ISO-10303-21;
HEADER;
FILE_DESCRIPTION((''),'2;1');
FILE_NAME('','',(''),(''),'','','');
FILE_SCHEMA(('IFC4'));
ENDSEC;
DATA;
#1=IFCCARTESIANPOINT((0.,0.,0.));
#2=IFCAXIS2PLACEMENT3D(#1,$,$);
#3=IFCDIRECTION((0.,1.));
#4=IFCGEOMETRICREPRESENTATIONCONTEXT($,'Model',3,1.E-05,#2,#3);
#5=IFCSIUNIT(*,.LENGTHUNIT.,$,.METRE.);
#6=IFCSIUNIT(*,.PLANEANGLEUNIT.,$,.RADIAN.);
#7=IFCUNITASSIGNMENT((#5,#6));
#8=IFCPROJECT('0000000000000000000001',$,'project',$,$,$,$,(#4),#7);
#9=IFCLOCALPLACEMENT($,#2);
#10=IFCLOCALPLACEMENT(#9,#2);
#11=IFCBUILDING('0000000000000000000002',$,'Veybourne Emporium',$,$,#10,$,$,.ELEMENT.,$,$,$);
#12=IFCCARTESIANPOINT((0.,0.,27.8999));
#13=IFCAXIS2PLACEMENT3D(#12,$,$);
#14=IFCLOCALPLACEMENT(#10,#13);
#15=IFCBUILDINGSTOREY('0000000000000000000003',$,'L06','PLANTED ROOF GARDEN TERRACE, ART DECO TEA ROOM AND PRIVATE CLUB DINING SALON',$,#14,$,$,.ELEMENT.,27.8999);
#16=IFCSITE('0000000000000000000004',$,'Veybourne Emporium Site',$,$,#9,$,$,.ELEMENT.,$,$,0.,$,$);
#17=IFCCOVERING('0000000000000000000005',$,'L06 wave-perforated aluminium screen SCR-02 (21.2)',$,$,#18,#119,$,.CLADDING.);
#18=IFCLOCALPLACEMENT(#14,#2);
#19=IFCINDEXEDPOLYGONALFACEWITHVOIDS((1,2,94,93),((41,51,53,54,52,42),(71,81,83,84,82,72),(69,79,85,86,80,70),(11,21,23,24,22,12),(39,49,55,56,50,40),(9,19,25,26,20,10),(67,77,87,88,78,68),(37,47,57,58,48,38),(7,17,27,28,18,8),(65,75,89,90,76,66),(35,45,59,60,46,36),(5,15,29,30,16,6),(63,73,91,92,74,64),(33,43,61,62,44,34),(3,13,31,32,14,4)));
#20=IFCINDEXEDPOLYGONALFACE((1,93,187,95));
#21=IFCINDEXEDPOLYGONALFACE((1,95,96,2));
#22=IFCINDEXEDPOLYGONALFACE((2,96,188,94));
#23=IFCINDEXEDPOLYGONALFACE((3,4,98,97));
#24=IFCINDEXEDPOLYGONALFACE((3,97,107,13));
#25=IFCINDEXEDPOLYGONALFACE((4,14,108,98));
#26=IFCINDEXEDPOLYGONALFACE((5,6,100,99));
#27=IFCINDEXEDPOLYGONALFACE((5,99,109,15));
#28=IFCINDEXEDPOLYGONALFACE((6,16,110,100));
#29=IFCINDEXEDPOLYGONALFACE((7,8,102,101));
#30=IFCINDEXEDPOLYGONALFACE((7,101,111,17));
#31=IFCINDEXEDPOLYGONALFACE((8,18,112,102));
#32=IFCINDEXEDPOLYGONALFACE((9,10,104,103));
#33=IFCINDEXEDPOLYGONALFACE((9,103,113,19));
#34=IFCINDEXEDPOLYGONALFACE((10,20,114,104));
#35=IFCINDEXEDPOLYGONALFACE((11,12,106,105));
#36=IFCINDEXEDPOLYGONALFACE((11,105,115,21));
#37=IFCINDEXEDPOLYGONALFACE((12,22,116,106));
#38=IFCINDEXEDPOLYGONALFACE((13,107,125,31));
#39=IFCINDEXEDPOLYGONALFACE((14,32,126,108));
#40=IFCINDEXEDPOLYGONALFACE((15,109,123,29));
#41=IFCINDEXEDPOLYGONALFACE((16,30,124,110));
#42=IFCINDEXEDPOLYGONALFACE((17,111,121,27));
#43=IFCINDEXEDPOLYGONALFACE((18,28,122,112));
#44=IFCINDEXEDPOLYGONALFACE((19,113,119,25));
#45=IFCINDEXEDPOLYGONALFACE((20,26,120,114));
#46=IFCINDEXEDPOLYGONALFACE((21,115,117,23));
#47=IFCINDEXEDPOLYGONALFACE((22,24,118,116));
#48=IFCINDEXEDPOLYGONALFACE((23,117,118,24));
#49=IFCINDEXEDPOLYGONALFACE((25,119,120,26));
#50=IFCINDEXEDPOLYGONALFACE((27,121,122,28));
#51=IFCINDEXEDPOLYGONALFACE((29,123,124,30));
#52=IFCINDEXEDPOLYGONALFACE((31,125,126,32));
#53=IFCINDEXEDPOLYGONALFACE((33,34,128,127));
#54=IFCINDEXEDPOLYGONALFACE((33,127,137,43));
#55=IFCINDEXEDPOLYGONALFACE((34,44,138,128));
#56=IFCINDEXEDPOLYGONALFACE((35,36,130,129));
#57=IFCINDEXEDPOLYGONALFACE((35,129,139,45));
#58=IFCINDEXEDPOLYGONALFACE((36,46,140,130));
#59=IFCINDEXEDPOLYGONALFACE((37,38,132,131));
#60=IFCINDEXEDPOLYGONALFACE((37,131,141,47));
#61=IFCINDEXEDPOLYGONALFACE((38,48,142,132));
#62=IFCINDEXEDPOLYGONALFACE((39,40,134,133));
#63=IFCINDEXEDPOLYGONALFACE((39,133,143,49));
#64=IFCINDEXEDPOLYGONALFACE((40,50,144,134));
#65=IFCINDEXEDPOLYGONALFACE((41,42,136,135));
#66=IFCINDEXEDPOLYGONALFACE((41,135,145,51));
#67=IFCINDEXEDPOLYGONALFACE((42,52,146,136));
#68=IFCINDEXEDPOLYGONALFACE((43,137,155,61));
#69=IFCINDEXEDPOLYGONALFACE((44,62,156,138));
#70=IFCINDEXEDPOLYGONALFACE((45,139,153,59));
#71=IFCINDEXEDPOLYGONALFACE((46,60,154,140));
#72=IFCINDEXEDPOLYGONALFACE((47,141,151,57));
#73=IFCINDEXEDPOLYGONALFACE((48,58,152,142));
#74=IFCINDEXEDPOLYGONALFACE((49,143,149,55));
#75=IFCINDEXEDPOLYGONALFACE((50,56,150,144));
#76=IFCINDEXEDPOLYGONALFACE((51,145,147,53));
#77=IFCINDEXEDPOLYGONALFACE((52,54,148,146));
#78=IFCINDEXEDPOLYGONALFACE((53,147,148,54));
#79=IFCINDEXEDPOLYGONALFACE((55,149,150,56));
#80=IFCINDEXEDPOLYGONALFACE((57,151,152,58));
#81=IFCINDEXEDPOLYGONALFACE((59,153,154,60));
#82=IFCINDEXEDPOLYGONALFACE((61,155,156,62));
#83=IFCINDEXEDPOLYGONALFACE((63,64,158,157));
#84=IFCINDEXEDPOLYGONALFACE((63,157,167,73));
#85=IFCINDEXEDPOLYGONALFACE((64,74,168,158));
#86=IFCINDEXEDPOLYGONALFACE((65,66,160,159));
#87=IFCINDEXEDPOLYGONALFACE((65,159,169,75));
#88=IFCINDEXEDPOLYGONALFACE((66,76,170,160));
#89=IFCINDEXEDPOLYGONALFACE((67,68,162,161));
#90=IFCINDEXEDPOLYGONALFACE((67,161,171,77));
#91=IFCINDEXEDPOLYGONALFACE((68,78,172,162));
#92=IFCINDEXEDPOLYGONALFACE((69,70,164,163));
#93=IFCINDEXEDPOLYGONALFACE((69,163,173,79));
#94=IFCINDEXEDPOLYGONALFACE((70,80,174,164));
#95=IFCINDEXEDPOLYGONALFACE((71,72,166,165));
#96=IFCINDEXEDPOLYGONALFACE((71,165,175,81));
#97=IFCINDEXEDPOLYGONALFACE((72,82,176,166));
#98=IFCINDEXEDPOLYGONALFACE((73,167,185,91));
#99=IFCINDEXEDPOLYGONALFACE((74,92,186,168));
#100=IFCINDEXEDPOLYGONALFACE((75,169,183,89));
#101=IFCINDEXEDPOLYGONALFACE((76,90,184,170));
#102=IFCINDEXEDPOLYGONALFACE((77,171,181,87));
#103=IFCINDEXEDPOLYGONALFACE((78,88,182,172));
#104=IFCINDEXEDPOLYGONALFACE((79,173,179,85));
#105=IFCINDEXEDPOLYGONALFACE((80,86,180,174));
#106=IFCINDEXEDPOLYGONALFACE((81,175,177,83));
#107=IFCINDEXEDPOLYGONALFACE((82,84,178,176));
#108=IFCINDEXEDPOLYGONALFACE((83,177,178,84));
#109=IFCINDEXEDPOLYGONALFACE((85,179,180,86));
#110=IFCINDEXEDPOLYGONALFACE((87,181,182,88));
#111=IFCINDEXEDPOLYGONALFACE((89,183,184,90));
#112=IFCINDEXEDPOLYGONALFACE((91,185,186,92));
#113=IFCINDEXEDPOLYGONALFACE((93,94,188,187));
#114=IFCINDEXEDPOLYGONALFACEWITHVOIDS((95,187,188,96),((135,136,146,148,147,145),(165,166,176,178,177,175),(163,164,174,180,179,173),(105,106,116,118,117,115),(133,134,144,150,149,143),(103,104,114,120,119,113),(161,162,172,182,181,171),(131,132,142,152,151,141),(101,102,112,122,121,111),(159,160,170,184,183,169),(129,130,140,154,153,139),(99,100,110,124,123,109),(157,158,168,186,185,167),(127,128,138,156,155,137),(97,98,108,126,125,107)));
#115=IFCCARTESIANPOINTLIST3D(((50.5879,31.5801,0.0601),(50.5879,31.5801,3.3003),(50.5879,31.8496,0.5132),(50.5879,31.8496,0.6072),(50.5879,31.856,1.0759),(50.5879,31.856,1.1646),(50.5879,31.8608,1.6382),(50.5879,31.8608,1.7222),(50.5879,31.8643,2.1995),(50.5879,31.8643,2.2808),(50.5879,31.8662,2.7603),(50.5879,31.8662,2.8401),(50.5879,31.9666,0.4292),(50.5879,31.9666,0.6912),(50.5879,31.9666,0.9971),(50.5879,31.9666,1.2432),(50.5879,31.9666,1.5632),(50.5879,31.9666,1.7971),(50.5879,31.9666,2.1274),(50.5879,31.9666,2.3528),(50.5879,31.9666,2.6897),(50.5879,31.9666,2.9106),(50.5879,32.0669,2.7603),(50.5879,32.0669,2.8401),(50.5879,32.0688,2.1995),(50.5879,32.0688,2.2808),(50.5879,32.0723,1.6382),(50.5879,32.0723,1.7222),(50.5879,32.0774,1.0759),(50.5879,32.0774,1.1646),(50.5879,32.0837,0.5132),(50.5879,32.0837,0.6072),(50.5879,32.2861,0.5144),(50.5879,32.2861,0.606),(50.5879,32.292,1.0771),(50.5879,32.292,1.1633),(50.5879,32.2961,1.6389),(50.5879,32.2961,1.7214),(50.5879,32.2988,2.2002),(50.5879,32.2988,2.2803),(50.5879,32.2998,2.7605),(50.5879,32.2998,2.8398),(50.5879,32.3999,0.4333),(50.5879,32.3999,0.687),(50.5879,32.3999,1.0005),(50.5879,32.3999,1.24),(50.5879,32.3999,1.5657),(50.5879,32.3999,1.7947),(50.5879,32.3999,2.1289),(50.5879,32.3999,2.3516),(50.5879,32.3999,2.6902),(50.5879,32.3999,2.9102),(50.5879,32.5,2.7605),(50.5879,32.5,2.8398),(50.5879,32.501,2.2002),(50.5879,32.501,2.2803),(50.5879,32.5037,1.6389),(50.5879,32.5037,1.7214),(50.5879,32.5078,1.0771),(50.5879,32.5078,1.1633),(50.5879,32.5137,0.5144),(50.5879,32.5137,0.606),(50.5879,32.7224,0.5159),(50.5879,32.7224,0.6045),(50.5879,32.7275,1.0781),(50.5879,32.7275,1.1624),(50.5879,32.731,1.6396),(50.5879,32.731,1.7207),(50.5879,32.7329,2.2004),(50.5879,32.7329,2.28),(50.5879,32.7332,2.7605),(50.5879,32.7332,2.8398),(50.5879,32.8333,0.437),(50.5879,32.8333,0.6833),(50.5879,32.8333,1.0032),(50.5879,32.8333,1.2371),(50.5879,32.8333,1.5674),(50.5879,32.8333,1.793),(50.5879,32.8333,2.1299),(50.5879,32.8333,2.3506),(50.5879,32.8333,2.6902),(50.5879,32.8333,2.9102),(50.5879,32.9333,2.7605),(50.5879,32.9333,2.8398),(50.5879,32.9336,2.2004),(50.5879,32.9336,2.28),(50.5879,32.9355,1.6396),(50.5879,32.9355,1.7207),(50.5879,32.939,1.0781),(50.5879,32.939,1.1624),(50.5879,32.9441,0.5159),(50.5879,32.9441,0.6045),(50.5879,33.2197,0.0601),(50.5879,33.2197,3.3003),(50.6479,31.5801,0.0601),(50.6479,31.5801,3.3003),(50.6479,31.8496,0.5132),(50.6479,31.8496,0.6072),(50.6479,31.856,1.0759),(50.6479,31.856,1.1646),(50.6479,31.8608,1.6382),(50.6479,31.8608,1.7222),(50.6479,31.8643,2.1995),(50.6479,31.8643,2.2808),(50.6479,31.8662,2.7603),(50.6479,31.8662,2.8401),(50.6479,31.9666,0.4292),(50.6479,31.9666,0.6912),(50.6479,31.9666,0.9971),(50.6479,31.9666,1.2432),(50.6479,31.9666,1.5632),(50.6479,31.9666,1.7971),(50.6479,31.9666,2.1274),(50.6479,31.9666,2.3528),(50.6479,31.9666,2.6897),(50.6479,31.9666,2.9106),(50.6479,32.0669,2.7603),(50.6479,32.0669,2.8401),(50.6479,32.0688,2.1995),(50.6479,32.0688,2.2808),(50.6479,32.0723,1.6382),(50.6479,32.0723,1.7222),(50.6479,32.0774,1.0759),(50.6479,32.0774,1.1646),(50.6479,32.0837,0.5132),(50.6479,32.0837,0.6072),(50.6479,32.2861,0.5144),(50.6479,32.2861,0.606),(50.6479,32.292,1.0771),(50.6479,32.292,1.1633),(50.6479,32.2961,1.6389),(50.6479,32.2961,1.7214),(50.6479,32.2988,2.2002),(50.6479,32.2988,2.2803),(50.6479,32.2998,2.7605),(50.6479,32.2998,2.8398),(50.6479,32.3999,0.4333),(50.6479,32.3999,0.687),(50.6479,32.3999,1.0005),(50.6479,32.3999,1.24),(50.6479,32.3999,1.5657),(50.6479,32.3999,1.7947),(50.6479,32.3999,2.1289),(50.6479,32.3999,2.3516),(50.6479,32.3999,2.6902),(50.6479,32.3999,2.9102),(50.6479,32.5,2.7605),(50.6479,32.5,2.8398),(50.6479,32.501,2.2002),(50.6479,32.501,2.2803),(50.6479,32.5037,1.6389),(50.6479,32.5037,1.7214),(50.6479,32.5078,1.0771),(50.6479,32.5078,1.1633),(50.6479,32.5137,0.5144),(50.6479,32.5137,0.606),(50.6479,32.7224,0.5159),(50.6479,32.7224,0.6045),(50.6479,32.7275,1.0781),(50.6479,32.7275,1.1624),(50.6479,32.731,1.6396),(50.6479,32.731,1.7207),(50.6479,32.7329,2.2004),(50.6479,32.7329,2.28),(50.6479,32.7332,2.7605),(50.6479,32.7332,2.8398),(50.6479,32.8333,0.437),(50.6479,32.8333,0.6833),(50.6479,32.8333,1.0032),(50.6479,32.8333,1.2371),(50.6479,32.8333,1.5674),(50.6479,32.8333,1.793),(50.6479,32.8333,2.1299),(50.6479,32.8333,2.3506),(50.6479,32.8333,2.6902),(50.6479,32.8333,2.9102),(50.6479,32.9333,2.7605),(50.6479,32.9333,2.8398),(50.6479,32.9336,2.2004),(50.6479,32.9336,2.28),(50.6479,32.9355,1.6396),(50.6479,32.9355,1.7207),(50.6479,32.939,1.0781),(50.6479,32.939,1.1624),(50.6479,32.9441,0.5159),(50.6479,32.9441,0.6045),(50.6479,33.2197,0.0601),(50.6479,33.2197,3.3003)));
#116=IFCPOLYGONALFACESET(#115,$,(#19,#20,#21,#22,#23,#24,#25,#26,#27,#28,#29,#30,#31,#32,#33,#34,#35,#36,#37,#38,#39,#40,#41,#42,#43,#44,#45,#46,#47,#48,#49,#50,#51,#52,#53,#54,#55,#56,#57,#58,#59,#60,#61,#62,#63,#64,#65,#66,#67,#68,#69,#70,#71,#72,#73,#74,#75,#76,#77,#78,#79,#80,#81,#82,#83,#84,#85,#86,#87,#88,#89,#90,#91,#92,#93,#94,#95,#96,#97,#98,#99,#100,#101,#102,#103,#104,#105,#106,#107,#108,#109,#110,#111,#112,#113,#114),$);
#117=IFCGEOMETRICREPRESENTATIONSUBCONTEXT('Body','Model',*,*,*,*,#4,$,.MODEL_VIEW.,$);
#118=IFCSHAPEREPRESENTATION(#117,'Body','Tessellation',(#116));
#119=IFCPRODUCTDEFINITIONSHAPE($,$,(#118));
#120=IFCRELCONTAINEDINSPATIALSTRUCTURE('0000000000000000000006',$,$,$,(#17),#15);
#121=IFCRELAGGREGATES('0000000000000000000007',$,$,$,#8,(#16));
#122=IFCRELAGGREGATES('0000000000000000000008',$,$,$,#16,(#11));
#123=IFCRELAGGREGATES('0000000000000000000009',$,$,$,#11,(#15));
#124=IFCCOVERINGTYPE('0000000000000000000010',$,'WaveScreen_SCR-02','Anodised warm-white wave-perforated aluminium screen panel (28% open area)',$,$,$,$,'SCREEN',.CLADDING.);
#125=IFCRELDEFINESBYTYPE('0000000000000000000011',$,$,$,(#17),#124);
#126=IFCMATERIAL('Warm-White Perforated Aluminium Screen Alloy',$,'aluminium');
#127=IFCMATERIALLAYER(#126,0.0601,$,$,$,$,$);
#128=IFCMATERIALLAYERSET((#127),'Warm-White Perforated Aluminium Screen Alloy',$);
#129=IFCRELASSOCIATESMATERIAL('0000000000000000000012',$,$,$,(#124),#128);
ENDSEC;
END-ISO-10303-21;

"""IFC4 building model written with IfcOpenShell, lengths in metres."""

from ifc_helpers import new_model, si_unit, direction, frame, origin, place, context, subcontext, project, spatial, polyline, outline, extrude, material, layer, layer_set, type_object, element, save


model = new_model("IFC4")

# Units and contexts
model_context = context("Model", 3, precision=1e-05, world=origin(), true_north=direction((0.0, 1.0)))
body_context = subcontext(model_context, "Body", "Model", "MODEL_VIEW")
ifc_project = project(units=[si_unit("LENGTHUNIT", "METRE"), si_unit("PLANEANGLEUNIT", "RADIAN")], contexts=[model_context])

# Site, building, storey
site_placement = place(None, origin())
site = spatial("IfcSite", under=ifc_project, at=site_placement, Name="Veybourne Emporium Site", CompositionType="ELEMENT", RefElevation=0.0)
building_placement = place(site_placement, origin())
building = spatial("IfcBuilding", under=site, at=building_placement, Name="Veybourne Emporium", CompositionType="ELEMENT")
storey_placement = place(building_placement, frame((0.0, 0.0, 27.8999)))
storey = spatial("IfcBuildingStorey", under=building, at=storey_placement, Name="L06", Description="PLANTED ROOF GARDEN TERRACE, ART DECO TEA ROOM AND PRIVATE CLUB DINING SALON", CompositionType="ELEMENT", Elevation=27.8999)

# Covering
ifc_material_1 = material(Name="Warm-White Perforated Aluminium Screen Alloy", Category="aluminium")
ifc_layer_1 = layer(ifc_material_1, 0.0601)
ifc_layer_set_1 = layer_set([ifc_layer_1], Name="Warm-White Perforated Aluminium Screen Alloy")
covering_type_1 = type_object("IfcCoveringType", Name="WaveScreen_SCR-02", Description="Anodised warm-white wave-perforated aluminium screen panel (28% open area)", ElementType="SCREEN", PredefinedType="CLADDING", material=ifc_layer_set_1)
covering_1_placement = place(storey_placement, frame((50.6479, 32.3999, 1.6802), z_axis=(-1.0, 0.0, 0.0), x_axis=(0.0, -1.0, 0.0)))
element("IfcCovering", 1, at=covering_1_placement, inside=storey, type_object=covering_type_1, Name="L06 wave-perforated aluminium screen SCR-02 (21.2)", PredefinedType="CLADDING", context=body_context, shape_type="SweptSolid", body=[
    extrude(outline(polyline([(-0.8198, -1.6201), (0.8198, -1.6201), (0.8198, 1.6201), (-0.8198, 1.6201), (-0.8198, -1.6201)]), holes=[polyline([(-0.4333, -0.9968), (-0.3225, -1.0757), (-0.3225, -1.1643), (-0.4333, -1.2432), (-0.5442, -1.1643), (-0.5442, -1.0757), (-0.4333, -0.9968)]), polyline([(-0.4333, -0.4431), (-0.3276, -0.5178), (-0.3276, -0.6021), (-0.4333, -0.677), (-0.5391, -0.6021), (-0.5391, -0.5178), (-0.4333, -0.4431)]), polyline([(-0.4333, 0.1128), (-0.3311, 0.0405), (-0.3311, -0.0405), (-0.4333, -0.1128), (-0.5356, -0.0405), (-0.5356, 0.0405), (-0.4333, 0.1128)]), polyline([(-0.4333, 0.6704), (-0.333, 0.5999), (-0.333, 0.5203), (-0.4333, 0.4497), (-0.5337, 0.5203), (-0.5337, 0.5999), (-0.4333, 0.6704)]), polyline([(-0.4333, 1.23), (-0.3333, 1.1597), (-0.3333, 1.0803), (-0.4333, 1.01), (-0.5334, 1.0803), (-0.5334, 1.1597), (-0.4333, 1.23)]), polyline([(0.0, -0.9932), (0.1138, -1.0742), (0.1138, -1.1658), (0.0, -1.2468), (-0.1138, -1.1658), (-0.1138, -1.0742), (0.0, -0.9932)]), polyline([(0.0, -0.4402), (0.1079, -0.5168), (0.1079, -0.603), (0.0, -0.6797), (-0.1079, -0.603), (-0.1079, -0.5168), (0.0, -0.4402)]), polyline([(0.0, 0.1145), (0.1038, 0.0413), (0.1038, -0.0413), (0.0, -0.1145), (-0.1038, -0.0413), (-0.1038, 0.0413), (0.0, 0.1145)]), polyline([(0.0, 0.6714), (0.1011, 0.6001), (0.1011, 0.52), (0.0, 0.4487), (-0.1011, 0.52), (-0.1011, 0.6001), (0.0, 0.6714)]), polyline([(0.0, 1.23), (0.1001, 1.1597), (0.1001, 1.0803), (0.0, 1.01), (-0.1001, 1.0803), (-0.1001, 1.1597), (0.0, 1.23)]), polyline([(0.4333, -0.989), (0.5503, -1.073), (0.5503, -1.167), (0.4333, -1.251), (0.3162, -1.167), (0.3162, -1.073), (0.4333, -0.989)]), polyline([(0.4333, -0.437), (0.5439, -0.5156), (0.5439, -0.6042), (0.4333, -0.6831), (0.3225, -0.6042), (0.3225, -0.5156), (0.4333, -0.437)]), polyline([(0.4333, 0.1169), (0.5391, 0.042), (0.5391, -0.042), (0.4333, -0.1169), (0.3276, -0.042), (0.3276, 0.042), (0.4333, 0.1169)]), polyline([(0.4333, 0.6726), (0.5356, 0.6006), (0.5356, 0.5193), (0.4333, 0.4473), (0.3311, 0.5193), (0.3311, 0.6006), (0.4333, 0.6726)]), polyline([(0.4333, 1.2305), (0.5337, 1.1599), (0.5337, 1.0801), (0.4333, 1.0095), (0.333, 1.0801), (0.333, 1.1599), (0.4333, 1.2305)])]), origin(), (0.0, 0.0, 1.0), 0.0601),
])

save(model, "model.ifc")
